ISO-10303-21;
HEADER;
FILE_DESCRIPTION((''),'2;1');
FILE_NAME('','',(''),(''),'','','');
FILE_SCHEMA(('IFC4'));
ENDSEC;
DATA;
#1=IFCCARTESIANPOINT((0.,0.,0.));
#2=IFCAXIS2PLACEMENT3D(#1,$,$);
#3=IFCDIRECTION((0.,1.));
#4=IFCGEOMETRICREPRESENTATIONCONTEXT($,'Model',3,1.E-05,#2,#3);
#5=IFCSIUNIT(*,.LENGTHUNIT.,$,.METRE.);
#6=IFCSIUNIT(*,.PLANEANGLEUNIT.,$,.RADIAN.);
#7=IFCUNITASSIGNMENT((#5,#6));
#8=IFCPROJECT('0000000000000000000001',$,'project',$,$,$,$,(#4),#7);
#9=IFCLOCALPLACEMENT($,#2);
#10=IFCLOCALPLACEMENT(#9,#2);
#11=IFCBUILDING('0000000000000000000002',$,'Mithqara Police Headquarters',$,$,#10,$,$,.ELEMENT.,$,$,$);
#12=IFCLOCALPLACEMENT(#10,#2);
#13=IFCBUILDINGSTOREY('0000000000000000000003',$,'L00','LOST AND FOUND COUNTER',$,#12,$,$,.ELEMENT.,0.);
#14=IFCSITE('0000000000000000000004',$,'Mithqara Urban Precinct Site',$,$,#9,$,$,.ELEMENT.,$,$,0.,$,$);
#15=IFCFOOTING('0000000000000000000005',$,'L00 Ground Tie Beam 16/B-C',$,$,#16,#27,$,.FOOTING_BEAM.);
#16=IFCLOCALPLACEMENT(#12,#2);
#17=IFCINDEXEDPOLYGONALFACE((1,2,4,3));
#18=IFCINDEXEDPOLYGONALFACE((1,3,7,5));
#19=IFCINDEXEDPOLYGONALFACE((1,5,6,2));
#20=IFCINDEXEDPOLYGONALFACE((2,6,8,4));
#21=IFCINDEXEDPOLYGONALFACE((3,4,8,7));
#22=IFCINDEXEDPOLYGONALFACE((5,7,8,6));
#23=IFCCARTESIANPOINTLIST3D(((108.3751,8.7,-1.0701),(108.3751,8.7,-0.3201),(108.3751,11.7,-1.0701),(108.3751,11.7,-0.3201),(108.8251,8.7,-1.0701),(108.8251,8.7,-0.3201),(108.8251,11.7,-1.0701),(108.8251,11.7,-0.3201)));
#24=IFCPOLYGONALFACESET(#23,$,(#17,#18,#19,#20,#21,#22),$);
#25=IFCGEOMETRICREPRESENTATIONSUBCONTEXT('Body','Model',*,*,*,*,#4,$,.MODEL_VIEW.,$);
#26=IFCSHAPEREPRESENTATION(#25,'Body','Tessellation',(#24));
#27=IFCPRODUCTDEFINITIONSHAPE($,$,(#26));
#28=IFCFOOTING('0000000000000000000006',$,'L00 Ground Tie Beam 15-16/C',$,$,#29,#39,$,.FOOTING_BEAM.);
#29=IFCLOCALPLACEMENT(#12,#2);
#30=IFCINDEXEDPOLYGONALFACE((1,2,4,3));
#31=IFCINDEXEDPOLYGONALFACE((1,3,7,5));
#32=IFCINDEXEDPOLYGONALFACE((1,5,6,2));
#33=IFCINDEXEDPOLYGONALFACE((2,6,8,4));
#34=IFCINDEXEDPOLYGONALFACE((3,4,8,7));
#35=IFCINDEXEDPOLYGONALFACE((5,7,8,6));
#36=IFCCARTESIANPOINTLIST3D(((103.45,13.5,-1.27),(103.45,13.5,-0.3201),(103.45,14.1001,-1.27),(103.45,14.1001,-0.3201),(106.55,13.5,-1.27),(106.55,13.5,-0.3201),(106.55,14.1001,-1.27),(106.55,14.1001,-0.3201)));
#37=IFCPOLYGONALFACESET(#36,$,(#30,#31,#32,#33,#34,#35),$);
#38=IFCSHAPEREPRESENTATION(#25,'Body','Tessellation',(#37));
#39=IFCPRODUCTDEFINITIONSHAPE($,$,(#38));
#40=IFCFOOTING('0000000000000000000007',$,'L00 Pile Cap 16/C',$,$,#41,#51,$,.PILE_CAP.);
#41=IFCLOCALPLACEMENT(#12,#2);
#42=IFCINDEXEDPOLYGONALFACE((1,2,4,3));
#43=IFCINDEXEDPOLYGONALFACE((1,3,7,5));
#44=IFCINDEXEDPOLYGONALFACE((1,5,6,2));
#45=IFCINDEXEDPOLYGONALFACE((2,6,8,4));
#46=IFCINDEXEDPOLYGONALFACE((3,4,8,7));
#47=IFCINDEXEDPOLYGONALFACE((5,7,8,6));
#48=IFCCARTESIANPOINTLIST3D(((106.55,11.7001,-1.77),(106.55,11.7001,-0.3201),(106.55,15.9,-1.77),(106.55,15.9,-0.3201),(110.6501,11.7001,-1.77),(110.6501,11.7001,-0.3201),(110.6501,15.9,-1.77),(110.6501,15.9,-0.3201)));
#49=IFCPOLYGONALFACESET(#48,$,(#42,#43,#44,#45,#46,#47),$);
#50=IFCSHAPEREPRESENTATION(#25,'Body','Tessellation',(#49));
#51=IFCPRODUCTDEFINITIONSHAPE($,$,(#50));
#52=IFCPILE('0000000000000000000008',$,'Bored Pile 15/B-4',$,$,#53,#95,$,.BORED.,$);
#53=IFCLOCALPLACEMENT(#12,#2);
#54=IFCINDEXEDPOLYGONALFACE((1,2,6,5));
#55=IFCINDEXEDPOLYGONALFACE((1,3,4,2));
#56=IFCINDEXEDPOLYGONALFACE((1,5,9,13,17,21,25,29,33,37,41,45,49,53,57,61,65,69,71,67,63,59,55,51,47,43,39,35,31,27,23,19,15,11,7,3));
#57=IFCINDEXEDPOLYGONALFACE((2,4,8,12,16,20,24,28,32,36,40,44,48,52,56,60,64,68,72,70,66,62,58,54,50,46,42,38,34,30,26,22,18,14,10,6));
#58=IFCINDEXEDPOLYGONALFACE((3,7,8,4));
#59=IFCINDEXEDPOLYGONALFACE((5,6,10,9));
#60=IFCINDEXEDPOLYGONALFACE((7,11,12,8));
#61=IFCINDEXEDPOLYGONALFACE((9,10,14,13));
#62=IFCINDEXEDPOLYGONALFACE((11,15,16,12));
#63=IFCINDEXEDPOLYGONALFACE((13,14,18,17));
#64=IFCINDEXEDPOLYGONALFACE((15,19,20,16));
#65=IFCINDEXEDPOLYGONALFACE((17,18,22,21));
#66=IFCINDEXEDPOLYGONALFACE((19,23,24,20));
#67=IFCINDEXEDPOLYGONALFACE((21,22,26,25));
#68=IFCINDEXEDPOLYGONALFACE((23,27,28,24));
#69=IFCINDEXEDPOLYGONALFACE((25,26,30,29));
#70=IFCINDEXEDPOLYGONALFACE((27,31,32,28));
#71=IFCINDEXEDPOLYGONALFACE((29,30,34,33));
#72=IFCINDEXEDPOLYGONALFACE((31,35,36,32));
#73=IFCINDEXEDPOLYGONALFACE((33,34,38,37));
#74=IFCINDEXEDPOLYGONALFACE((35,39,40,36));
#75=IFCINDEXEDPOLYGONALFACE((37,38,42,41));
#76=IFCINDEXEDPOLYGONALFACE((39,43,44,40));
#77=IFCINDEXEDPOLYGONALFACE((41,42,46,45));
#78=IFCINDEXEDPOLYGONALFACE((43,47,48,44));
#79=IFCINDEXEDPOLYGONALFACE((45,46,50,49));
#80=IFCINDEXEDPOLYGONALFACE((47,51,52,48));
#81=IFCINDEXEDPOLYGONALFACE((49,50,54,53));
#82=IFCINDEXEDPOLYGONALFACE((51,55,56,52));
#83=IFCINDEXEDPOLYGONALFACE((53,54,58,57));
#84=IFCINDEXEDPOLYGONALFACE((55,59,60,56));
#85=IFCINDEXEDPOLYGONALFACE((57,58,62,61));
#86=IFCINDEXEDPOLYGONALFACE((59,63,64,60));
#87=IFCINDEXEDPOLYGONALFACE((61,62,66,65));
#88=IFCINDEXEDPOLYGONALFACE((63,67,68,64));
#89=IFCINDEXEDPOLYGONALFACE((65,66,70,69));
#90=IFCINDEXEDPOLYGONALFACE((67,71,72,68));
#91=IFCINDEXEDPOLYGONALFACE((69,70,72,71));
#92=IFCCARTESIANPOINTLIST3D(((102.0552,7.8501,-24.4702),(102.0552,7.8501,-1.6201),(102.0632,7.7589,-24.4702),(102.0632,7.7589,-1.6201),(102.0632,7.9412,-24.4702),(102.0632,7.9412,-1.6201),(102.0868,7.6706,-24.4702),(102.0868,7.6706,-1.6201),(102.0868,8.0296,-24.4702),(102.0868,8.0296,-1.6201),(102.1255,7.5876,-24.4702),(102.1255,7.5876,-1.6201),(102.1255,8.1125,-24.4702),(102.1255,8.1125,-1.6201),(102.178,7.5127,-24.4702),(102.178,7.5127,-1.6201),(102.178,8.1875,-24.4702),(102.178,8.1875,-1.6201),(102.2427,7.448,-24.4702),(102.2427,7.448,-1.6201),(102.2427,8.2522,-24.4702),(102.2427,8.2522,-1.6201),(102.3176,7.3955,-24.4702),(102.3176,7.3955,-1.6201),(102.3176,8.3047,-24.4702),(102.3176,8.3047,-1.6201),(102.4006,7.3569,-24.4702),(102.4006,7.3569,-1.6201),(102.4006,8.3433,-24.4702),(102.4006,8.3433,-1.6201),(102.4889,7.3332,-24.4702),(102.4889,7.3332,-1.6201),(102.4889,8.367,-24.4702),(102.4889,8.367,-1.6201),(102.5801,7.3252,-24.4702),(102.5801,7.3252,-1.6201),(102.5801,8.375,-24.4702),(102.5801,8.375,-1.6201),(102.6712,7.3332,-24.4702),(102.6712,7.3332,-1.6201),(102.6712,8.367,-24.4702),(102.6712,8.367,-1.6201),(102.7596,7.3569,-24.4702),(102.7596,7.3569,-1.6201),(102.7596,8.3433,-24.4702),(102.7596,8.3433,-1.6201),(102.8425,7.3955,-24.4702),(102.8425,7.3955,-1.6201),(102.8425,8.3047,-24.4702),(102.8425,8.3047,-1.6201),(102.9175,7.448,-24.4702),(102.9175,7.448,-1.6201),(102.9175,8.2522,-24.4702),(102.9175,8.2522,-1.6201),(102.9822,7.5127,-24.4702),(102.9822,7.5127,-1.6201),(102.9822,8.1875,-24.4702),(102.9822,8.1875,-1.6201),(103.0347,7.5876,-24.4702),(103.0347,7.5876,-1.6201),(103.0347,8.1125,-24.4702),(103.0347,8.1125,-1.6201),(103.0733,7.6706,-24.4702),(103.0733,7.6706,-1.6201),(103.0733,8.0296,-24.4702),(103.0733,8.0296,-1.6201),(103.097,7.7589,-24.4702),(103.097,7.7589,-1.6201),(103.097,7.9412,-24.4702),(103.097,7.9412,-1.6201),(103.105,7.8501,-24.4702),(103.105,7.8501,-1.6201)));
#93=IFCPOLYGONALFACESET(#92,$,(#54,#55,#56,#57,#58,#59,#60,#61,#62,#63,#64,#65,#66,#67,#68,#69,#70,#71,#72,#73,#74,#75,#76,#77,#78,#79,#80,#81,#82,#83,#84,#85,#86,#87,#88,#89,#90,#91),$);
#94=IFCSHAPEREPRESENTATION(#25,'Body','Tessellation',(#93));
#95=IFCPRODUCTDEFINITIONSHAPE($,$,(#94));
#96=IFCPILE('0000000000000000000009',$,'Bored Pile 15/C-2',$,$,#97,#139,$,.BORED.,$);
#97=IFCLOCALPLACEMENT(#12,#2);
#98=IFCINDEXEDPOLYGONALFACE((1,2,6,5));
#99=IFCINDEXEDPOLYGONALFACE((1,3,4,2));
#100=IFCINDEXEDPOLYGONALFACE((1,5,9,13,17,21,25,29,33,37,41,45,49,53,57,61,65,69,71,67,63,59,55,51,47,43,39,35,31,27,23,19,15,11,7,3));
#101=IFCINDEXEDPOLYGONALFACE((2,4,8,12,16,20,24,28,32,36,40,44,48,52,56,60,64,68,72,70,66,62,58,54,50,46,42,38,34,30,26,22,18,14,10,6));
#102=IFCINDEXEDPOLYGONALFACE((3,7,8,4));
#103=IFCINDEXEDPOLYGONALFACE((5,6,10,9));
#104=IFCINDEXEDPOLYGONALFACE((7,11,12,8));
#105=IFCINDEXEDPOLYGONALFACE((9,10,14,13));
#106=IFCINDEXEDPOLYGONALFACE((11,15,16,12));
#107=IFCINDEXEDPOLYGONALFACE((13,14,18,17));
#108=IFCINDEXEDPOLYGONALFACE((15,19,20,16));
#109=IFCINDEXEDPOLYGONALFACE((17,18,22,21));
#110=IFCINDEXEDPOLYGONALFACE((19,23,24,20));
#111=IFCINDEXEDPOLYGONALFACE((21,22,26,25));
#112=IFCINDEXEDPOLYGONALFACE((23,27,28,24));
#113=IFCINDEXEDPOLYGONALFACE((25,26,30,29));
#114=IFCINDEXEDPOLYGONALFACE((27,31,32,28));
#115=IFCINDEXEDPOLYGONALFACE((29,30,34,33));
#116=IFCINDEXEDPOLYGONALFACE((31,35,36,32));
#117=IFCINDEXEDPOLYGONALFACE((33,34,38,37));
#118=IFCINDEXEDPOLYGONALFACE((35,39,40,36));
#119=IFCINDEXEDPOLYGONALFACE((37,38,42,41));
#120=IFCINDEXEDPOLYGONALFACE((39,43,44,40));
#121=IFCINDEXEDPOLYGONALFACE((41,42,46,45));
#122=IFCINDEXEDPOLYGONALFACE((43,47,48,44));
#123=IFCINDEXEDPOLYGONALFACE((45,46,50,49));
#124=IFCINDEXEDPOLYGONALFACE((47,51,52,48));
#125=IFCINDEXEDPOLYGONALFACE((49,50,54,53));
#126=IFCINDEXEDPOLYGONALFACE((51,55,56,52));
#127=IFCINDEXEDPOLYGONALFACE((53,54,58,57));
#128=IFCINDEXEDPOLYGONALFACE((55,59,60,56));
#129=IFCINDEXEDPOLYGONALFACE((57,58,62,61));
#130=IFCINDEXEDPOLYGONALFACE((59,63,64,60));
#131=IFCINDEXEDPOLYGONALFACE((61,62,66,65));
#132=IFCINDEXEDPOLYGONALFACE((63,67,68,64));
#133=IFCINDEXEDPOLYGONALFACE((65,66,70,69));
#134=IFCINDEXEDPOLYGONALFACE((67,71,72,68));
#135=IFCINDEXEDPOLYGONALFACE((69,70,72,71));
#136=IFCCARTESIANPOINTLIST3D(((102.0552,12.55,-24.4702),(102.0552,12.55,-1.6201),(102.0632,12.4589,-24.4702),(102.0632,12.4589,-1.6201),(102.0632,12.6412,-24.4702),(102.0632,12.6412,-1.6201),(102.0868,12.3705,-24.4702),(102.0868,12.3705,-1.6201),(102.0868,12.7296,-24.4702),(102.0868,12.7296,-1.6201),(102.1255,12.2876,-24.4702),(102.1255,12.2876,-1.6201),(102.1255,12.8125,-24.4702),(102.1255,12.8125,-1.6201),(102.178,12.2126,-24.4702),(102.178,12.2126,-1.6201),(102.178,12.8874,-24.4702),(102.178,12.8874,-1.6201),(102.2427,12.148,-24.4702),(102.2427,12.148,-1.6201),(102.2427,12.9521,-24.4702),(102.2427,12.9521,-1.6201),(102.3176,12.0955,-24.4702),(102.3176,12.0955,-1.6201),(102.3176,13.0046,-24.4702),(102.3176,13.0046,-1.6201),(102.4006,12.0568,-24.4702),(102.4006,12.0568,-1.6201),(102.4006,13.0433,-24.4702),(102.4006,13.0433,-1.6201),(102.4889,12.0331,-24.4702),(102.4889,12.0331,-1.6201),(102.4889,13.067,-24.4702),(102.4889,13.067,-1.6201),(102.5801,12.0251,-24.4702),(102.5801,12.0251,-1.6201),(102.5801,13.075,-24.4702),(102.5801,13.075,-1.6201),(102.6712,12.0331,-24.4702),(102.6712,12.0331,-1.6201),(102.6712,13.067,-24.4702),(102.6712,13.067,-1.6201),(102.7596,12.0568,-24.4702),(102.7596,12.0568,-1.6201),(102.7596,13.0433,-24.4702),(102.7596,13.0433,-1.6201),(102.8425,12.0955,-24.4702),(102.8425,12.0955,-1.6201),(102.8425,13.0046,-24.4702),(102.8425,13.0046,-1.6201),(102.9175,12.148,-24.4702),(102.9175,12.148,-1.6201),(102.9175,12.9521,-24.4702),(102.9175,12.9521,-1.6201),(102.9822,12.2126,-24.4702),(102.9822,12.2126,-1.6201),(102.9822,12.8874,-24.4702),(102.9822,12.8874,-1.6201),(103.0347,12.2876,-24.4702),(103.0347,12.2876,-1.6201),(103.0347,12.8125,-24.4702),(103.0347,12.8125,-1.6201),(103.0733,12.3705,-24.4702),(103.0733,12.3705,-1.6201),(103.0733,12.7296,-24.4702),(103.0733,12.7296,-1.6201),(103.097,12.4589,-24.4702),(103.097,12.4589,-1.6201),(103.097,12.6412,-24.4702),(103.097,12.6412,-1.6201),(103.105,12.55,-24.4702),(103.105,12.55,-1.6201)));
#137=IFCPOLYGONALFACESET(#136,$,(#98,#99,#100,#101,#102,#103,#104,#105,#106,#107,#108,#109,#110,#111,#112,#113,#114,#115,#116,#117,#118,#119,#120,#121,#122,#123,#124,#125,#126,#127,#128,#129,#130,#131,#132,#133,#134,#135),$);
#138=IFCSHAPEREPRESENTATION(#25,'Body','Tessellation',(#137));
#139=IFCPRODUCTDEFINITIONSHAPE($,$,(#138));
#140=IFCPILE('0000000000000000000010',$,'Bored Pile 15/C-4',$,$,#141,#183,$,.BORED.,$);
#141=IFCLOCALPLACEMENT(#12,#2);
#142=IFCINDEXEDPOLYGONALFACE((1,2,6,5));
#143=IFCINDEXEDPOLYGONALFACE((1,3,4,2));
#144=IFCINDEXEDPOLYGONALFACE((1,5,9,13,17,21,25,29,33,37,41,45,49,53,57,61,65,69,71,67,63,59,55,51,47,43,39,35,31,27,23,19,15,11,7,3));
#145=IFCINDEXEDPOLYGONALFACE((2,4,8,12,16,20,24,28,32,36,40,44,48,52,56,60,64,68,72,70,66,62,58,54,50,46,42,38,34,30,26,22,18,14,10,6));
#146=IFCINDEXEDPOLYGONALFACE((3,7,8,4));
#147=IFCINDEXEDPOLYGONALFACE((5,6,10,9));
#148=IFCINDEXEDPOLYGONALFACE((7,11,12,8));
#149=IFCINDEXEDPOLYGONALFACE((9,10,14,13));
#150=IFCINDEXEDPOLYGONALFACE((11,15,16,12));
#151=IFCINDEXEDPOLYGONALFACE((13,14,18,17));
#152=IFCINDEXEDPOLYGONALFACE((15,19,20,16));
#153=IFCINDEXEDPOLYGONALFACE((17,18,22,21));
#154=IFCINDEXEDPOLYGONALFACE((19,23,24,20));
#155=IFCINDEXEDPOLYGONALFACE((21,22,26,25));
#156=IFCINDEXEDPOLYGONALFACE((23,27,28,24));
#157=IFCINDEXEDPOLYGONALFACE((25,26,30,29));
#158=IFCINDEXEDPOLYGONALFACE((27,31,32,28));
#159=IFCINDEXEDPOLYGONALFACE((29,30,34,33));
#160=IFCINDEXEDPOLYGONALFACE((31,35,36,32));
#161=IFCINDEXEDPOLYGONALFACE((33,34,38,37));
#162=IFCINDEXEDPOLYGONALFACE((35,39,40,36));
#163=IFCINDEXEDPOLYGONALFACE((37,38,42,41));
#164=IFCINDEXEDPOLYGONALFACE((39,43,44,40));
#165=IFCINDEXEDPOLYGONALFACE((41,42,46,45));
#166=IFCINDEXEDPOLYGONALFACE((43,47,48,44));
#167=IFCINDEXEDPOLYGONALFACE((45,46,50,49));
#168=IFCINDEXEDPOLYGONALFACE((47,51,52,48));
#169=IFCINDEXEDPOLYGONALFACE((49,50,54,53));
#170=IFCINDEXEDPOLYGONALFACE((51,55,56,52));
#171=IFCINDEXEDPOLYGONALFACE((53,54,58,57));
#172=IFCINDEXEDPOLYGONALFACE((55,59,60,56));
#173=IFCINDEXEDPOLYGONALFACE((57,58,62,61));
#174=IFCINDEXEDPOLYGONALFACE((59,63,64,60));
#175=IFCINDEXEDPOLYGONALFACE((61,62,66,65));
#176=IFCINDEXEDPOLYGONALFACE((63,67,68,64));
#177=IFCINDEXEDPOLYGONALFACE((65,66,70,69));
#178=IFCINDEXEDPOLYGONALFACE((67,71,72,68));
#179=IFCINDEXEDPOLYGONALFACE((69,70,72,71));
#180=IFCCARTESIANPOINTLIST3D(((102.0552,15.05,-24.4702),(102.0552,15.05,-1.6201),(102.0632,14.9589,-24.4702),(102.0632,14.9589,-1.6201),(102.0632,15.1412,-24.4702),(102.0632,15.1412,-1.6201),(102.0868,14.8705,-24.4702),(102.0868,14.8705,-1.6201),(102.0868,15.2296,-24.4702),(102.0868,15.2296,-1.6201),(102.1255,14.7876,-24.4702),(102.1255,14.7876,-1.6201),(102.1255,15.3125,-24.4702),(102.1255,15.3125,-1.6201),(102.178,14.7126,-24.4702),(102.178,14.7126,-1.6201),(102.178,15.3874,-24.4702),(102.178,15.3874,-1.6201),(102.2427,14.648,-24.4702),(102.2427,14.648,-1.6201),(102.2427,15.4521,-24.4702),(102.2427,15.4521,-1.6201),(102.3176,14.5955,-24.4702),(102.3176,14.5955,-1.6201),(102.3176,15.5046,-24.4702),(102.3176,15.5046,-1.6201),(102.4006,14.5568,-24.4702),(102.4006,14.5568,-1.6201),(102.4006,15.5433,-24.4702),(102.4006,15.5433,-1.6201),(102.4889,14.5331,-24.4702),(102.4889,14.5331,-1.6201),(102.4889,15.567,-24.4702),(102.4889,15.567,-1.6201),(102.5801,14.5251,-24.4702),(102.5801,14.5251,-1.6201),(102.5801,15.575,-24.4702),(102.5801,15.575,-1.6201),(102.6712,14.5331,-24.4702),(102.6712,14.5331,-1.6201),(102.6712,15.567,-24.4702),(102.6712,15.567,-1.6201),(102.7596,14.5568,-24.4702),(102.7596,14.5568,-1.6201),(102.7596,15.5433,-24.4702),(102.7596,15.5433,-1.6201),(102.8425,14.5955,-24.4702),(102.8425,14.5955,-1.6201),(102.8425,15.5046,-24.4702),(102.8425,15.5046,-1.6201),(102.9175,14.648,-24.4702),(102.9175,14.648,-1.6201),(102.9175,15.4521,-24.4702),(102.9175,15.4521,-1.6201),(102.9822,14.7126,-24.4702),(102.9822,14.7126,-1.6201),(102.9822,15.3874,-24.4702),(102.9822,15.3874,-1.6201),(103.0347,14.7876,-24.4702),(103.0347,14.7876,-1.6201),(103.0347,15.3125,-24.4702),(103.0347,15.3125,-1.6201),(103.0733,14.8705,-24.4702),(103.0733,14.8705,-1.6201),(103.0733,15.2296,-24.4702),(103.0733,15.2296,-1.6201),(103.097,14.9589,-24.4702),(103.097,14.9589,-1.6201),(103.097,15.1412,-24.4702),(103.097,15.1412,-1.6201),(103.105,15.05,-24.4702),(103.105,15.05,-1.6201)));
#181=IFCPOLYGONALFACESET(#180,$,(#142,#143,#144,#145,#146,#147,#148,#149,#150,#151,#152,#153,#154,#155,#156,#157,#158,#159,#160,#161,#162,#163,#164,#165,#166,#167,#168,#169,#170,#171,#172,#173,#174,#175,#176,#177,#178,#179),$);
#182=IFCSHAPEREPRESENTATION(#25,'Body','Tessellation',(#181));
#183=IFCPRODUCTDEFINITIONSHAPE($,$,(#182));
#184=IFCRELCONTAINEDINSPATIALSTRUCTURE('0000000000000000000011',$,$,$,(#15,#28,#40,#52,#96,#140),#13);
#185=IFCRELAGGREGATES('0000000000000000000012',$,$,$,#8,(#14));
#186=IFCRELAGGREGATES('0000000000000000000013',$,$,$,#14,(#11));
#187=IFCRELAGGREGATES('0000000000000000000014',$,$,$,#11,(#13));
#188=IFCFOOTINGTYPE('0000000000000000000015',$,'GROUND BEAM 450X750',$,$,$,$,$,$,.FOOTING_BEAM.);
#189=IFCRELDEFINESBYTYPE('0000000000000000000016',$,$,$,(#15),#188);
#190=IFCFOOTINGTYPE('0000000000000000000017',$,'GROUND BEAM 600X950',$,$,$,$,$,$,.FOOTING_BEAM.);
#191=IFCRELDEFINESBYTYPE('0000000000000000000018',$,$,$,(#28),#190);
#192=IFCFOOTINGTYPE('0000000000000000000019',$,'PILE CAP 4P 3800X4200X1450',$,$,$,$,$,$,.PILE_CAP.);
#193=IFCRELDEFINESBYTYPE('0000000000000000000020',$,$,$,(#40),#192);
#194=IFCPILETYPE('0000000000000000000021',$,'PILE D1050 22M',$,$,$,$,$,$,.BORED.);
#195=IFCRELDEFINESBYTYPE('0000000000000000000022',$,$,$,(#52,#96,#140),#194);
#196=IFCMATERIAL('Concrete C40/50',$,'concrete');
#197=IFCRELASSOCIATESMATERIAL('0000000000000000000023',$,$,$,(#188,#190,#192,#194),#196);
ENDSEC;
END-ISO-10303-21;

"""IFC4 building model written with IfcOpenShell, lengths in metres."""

from ifc_helpers import new_model, si_unit, direction, frame, origin, origin_2d, place, context, subcontext, project, spatial, rectangle, circle, extrude, material, material_profile, profile_set, type_object, element, save


model = new_model("IFC4")

# Units and contexts
model_context = context("Model", 3, precision=1e-05, world=origin(), true_north=direction((0.0, 1.0)))
body_context = subcontext(model_context, "Body", "Model", "MODEL_VIEW")
ifc_project = project(units=[si_unit("LENGTHUNIT", "METRE"), si_unit("PLANEANGLEUNIT", "RADIAN")], contexts=[model_context])

# Site, building, storey
site_placement = place(None, origin())
site = spatial("IfcSite", under=ifc_project, at=site_placement, Name="Mithqara Urban Precinct Site", CompositionType="ELEMENT", RefElevation=0.0)
building_placement = place(site_placement, origin())
building = spatial("IfcBuilding", under=site, at=building_placement, Name="Mithqara Police Headquarters", CompositionType="ELEMENT")
storey_placement = place(building_placement, origin())
storey = spatial("IfcBuildingStorey", under=building, at=storey_placement, Name="L00", Description="LOST AND FOUND COUNTER", CompositionType="ELEMENT", Elevation=0.0)

# Footings
ifc_material_1 = material(Name="Concrete C40/50", Category="concrete")
footing_type_1 = type_object("IfcFootingType", Name="GROUND BEAM 450X750", PredefinedType="FOOTING_BEAM", material=ifc_material_1)
footing_1_placement = place(storey_placement, frame((108.6001, 10.2, -1.0701), z_axis=(0.0, 0.0, 1.0), x_axis=(1.0, 0.0, 0.0)))
element("IfcFooting", 1, at=footing_1_placement, inside=storey, type_object=footing_type_1, Name="L00 Ground Tie Beam 16/B-C", PredefinedType="FOOTING_BEAM", context=body_context, shape_type="SweptSolid", body=[
    extrude(rectangle(XDim=0.45, YDim=3.0, at=origin_2d()), origin(), (0.0, 0.0, 1.0), 0.75),
])
footing_type_2 = type_object("IfcFootingType", Name="GROUND BEAM 600X950", PredefinedType="FOOTING_BEAM", material=ifc_material_1)
footing_2_placement = place(storey_placement, frame((105.0, 13.8, -1.27), z_axis=(0.0, 0.0, 1.0), x_axis=(1.0, 0.0, 0.0)))
element("IfcFooting", 2, at=footing_2_placement, inside=storey, type_object=footing_type_2, Name="L00 Ground Tie Beam 15-16/C", PredefinedType="FOOTING_BEAM", context=body_context, shape_type="SweptSolid", body=[
    extrude(rectangle(XDim=3.1001, YDim=0.6001, at=origin_2d()), origin(), (0.0, 0.0, 1.0), 0.95),
])
footing_type_3 = type_object("IfcFootingType", Name="PILE CAP 4P 3800X4200X1450", PredefinedType="PILE_CAP", material=ifc_material_1)
footing_3_placement = place(storey_placement, frame((108.6001, 13.8, -1.77), z_axis=(0.0, 0.0, 1.0), x_axis=(1.0, 0.0, 0.0)))
element("IfcFooting", 3, at=footing_3_placement, inside=storey, type_object=footing_type_3, Name="L00 Pile Cap 16/C", PredefinedType="PILE_CAP", context=body_context, shape_type="SweptSolid", body=[
    extrude(rectangle(XDim=4.1001, YDim=4.2, at=origin_2d()), origin(), (0.0, 0.0, 1.0), 1.45),
])

# Piles
ifc_material_profile_1 = material_profile(ifc_material_1, circle(Radius=0.5249, at=origin_2d()), Name="PILE D1050")
ifc_profile_set_1 = profile_set([ifc_material_profile_1], Name="Concrete C40/50")
pile_type = type_object("IfcPileType", Name="PILE D1050 22M", PredefinedType="BORED", material=ifc_profile_set_1)
for number, where, z_axis, x_axis, name in (
    (4, (102.5801, 7.8501, -1.6201), (0.0, 0.0, -1.0), (1.0, 0.0, 0.0), "Bored Pile 15/B-4"),
    (5, (102.5801, 12.55, -1.6201), (0.0, 0.0, -1.0), (1.0, 0.0, 0.0), "Bored Pile 15/C-2"),
    (6, (102.5801, 15.05, -1.6201), (0.0, 0.0, -1.0), (1.0, 0.0, 0.0), "Bored Pile 15/C-4"),
):
    element("IfcPile", number, at=place(storey_placement, frame(where, z_axis=z_axis, x_axis=x_axis)), inside=storey, type_object=pile_type, Name=name, PredefinedType="BORED", context=body_context, shape_type="SweptSolid", body=[
        extrude(circle(Radius=0.5249, at=origin_2d()), origin(), (0.0, 0.0, 1.0), 22.8501),
    ])

save(model, "model.ifc")
